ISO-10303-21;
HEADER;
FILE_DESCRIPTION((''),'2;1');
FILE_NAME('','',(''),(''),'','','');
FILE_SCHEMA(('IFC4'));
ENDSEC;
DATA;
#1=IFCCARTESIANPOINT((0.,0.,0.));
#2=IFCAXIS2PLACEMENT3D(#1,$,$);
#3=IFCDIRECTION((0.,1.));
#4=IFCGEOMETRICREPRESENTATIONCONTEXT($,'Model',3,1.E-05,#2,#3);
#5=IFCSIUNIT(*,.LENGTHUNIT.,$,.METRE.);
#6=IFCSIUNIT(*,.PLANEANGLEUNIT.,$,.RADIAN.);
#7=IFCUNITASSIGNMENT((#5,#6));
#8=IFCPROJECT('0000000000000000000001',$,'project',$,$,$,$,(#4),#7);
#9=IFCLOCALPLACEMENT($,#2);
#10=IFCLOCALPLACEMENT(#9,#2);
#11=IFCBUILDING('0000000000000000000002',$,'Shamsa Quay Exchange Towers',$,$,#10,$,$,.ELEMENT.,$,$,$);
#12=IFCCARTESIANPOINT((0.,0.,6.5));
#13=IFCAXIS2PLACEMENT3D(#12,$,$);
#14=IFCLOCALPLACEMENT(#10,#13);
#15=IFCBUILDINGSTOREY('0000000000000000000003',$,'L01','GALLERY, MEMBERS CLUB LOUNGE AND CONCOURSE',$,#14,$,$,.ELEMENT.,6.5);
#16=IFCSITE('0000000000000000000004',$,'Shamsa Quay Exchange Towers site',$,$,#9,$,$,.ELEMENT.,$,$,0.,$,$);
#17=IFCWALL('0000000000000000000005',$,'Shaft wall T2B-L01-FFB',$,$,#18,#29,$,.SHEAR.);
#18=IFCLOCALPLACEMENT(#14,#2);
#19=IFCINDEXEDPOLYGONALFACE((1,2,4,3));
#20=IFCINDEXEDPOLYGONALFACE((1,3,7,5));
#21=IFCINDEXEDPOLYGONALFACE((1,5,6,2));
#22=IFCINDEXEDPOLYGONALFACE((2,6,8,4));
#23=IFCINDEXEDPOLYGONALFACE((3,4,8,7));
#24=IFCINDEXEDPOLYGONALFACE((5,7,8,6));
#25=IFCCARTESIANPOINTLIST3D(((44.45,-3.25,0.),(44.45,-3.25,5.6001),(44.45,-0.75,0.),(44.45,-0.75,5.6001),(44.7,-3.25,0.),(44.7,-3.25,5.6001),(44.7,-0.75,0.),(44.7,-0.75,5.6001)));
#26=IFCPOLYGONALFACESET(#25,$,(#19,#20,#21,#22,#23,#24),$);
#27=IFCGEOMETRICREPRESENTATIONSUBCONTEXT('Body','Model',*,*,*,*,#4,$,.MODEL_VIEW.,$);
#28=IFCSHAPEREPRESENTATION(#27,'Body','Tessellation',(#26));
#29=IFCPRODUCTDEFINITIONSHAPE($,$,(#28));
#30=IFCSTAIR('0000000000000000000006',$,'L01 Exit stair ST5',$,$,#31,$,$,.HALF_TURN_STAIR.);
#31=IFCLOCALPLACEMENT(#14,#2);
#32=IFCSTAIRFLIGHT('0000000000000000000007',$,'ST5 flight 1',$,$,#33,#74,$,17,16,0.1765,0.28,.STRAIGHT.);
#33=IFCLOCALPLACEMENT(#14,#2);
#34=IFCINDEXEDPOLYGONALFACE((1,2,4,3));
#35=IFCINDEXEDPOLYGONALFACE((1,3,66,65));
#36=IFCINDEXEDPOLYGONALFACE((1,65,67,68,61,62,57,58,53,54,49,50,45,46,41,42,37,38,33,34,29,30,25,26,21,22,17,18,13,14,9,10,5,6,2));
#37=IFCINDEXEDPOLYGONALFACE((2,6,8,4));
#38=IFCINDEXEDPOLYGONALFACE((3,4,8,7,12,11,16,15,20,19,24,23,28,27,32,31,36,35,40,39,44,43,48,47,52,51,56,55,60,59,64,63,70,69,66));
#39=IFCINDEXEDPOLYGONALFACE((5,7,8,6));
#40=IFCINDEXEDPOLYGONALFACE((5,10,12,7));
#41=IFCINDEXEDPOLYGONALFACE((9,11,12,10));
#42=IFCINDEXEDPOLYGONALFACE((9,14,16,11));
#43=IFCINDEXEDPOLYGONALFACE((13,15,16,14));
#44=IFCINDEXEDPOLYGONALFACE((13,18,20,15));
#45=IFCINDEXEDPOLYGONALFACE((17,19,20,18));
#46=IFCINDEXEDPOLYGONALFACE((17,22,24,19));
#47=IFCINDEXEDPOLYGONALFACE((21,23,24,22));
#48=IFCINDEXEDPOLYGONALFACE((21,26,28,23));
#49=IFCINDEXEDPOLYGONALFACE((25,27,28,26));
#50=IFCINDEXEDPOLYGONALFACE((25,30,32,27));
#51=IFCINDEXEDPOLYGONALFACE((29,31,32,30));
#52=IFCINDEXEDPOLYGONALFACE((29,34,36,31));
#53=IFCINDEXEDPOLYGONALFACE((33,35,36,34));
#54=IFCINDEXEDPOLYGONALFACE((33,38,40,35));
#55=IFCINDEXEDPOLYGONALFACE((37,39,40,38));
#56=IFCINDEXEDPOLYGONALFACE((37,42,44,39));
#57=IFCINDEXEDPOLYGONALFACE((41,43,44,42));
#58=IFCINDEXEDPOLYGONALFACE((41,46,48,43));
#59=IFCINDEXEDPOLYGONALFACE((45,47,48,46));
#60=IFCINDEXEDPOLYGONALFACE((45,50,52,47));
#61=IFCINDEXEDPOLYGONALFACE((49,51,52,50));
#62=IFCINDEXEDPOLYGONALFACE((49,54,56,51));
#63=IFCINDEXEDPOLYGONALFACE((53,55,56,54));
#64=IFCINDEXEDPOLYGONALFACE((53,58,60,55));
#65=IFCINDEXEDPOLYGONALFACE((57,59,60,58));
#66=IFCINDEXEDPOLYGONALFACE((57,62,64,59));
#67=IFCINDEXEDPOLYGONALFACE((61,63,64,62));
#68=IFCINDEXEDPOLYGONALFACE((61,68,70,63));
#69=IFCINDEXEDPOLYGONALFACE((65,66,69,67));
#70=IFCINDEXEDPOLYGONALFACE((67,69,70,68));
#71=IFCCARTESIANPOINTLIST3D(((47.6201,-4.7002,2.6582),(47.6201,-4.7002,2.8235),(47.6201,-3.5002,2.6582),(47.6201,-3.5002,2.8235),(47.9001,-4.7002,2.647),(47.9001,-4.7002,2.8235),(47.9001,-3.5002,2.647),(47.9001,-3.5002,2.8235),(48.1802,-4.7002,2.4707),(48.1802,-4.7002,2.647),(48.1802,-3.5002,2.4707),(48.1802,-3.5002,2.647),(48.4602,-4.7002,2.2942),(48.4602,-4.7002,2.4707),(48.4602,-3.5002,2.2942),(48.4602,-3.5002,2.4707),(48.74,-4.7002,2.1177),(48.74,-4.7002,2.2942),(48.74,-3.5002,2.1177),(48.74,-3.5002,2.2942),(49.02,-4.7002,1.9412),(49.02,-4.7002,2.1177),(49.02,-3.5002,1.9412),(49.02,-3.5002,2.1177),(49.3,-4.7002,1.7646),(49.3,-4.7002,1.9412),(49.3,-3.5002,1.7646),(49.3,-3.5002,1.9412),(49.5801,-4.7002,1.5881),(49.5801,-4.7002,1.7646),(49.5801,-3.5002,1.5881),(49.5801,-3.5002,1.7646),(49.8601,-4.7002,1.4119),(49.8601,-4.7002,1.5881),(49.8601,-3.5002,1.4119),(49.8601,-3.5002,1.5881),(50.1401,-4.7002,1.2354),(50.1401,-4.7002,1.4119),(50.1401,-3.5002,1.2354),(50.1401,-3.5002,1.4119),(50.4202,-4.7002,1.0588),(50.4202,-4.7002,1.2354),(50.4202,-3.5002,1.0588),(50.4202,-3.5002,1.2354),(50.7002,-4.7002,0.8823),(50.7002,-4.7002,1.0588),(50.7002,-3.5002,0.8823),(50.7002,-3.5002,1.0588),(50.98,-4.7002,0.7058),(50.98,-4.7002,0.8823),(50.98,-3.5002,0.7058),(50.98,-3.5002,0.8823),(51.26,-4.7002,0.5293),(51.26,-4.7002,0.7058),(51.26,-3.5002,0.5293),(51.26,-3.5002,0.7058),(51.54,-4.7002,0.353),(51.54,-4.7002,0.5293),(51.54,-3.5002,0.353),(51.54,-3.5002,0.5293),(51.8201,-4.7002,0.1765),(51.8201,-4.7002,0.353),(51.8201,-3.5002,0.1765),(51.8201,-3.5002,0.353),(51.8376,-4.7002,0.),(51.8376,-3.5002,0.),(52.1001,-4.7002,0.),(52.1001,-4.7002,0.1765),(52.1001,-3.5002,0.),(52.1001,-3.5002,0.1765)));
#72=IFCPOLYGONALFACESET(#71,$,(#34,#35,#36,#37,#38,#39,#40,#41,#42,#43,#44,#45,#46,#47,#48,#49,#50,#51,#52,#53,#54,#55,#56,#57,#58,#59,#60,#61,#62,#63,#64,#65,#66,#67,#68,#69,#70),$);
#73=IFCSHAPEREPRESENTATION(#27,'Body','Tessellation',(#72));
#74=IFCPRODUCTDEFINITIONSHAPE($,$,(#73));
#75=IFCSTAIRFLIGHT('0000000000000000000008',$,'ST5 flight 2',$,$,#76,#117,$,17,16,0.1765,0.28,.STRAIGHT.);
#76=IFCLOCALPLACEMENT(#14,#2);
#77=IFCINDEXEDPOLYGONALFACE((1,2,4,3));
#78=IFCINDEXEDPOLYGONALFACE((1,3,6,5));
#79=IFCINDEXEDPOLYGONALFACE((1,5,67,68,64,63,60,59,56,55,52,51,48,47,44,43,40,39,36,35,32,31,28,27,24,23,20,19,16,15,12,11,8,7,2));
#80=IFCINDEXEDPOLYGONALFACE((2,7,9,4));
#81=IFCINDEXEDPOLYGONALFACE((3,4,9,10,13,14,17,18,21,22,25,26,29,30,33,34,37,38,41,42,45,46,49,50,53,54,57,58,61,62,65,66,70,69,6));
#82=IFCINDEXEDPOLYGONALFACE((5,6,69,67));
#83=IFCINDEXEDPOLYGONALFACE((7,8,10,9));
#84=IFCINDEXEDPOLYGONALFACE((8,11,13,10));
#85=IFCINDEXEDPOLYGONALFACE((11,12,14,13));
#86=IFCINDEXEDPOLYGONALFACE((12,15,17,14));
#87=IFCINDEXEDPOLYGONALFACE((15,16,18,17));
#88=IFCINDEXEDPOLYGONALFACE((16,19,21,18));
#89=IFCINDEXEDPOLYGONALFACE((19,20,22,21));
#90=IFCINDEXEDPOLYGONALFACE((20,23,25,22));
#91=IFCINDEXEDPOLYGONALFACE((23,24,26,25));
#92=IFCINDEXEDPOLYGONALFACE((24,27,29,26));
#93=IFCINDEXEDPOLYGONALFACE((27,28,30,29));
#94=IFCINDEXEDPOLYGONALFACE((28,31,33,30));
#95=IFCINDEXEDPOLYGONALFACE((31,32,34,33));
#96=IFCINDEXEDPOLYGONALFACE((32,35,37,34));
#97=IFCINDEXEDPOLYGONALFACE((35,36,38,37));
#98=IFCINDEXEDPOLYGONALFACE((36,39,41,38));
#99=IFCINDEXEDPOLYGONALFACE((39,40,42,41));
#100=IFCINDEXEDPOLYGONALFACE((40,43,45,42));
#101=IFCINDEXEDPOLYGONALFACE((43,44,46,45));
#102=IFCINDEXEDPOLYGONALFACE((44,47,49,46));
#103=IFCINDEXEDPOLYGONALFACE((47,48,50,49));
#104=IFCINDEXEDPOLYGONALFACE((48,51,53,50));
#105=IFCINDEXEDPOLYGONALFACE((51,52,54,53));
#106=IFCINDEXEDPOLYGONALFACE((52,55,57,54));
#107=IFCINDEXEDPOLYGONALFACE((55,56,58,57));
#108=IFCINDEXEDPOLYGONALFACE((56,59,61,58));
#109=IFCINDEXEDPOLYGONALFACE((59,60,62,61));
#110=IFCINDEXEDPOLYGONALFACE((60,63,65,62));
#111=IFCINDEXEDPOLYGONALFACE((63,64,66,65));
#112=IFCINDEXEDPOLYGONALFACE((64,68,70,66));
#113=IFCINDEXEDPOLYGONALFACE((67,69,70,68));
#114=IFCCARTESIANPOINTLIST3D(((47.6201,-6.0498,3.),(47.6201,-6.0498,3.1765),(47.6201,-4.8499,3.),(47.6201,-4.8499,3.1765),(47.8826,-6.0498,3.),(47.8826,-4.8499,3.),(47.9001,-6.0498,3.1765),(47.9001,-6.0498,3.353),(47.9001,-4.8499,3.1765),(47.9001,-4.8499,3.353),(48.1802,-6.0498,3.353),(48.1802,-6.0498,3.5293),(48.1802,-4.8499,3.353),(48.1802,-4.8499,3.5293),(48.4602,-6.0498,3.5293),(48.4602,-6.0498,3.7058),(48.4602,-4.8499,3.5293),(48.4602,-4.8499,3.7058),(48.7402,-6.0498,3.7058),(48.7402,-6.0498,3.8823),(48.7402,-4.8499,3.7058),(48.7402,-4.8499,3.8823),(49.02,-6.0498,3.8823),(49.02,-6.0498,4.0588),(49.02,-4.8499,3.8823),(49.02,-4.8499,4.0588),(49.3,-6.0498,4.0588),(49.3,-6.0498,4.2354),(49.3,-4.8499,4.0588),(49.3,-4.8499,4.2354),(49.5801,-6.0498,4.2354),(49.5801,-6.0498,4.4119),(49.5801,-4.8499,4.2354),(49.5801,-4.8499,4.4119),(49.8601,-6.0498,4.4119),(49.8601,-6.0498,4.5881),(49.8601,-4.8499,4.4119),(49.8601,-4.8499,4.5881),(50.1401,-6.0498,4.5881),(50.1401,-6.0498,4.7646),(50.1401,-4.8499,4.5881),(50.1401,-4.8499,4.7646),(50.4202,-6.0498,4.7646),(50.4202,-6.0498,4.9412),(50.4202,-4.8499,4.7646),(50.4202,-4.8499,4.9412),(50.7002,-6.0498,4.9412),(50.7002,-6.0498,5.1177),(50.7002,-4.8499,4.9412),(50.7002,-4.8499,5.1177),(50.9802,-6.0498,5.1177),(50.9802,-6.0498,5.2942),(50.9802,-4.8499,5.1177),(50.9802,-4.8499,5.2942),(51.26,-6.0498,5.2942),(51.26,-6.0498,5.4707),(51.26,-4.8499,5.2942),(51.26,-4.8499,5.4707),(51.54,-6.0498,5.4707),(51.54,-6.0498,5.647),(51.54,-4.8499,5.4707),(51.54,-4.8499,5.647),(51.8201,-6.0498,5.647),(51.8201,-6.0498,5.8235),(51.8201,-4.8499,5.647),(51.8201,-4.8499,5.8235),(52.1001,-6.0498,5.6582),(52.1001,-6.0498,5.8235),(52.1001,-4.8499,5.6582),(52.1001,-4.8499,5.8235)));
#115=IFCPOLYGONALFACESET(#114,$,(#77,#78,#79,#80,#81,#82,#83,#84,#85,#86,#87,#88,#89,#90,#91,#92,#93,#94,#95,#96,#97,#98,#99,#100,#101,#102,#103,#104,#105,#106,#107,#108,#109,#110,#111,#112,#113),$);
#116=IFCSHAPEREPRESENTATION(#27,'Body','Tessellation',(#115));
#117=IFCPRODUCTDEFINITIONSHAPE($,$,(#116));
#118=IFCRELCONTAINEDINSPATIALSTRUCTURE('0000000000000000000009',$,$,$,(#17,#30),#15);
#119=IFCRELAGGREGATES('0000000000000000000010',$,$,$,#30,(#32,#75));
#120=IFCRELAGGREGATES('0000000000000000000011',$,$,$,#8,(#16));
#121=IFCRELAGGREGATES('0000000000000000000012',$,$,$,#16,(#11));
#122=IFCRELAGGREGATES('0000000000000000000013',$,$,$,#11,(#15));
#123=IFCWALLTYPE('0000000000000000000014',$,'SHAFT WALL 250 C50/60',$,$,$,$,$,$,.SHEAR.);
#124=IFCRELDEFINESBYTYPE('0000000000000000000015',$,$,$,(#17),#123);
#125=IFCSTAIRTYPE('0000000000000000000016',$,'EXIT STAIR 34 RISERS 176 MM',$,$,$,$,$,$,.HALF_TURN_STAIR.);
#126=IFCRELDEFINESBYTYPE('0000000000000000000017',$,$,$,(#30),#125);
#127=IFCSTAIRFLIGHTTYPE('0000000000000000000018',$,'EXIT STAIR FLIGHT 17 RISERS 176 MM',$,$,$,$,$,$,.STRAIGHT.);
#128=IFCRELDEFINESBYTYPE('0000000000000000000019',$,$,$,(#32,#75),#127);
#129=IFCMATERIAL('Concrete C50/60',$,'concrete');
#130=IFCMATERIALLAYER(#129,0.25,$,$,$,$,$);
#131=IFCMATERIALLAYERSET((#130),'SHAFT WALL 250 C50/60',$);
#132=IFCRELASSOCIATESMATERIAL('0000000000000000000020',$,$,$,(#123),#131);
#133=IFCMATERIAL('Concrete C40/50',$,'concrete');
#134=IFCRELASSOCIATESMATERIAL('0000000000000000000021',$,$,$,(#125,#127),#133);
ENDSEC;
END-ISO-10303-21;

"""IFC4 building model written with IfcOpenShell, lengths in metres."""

from ifc_helpers import new_model, si_unit, direction, frame, frame_2d, origin, place, context, subcontext, project, spatial, polyline, rectangle, outline, extrude, material, layer, layer_set, type_object, element, aggregate, save


model = new_model("IFC4")

# Units and contexts
model_context = context("Model", 3, precision=1e-05, world=origin(), true_north=direction((0.0, 1.0)))
body_context = subcontext(model_context, "Body", "Model", "MODEL_VIEW")
ifc_project = project(units=[si_unit("LENGTHUNIT", "METRE"), si_unit("PLANEANGLEUNIT", "RADIAN")], contexts=[model_context])

# Site, building, storey
site_placement = place(None, origin())
site = spatial("IfcSite", under=ifc_project, at=site_placement, Name="Shamsa Quay Exchange Towers site", CompositionType="ELEMENT", RefElevation=0.0)
building_placement = place(site_placement, origin())
building = spatial("IfcBuilding", under=site, at=building_placement, Name="Shamsa Quay Exchange Towers", CompositionType="ELEMENT")
storey_placement = place(building_placement, frame((0.0, 0.0, 6.5)))
storey = spatial("IfcBuildingStorey", under=building, at=storey_placement, Name="L01", Description="GALLERY, MEMBERS CLUB LOUNGE AND CONCOURSE", CompositionType="ELEMENT", Elevation=6.5)

# Shared definitions
ifc_material_1 = material(Name="Concrete C50/60", Category="concrete")
ifc_layer_1 = layer(ifc_material_1, 0.25)
ifc_layer_set_1 = layer_set([ifc_layer_1], Name="SHAFT WALL 250 C50/60")
wall_type_1 = type_object("IfcWallType", Name="SHAFT WALL 250 C50/60", PredefinedType="SHEAR", material=ifc_layer_set_1)

# Wall
wall_1_placement = place(storey_placement, frame((44.575, -3.25, 0.0), z_axis=(0.0, 0.0, 1.0), x_axis=(0.0, 1.0, 0.0)))
element("IfcWall", 1, at=wall_1_placement, inside=storey, type_object=wall_type_1, Name="Shaft wall T2B-L01-FFB", PredefinedType="SHEAR", context=body_context, shape_type="SweptSolid", body=[
    extrude(rectangle(XDim=2.5, YDim=0.25, at=frame_2d((1.25, 0.0))), origin(), (0.0, 0.0, 1.0), 5.6001),
])

# Stair, stair flights
ifc_material_2 = material(Name="Concrete C40/50", Category="concrete")
stair_type = type_object("IfcStairType", Name="EXIT STAIR 34 RISERS 176 MM", PredefinedType="HALF_TURN_STAIR", material=ifc_material_2)
stair_placement = place(storey_placement, origin())
stair = element("IfcStair", 2, at=stair_placement, inside=storey, type_object=stair_type, Name="L01 Exit stair ST5", PredefinedType="HALF_TURN_STAIR")
stair_flight_type = type_object("IfcStairFlightType", Name="EXIT STAIR FLIGHT 17 RISERS 176 MM", PredefinedType="STRAIGHT", material=ifc_material_2)
stair_flight_1_placement = place(storey_placement, frame((52.1001, -4.1001, 0.0), z_axis=(0.0, 0.0, 1.0), x_axis=(-1.0, 0.0, 0.0)))
stair_flight_1 = element("IfcStairFlight", 3, at=stair_flight_1_placement, type_object=stair_flight_type, Name="ST5 flight 1", NumberOfRisers=17, NumberOfTreads=16, PredefinedType="STRAIGHT", RiserHeight=0.1765, TreadLength=0.28, context=body_context, shape_type="SweptSolid", body=[
    extrude(outline(polyline([(0.0, 0.0), (0.0, 0.1765), (0.28, 0.1765), (0.28, 0.353), (0.5601, 0.353), (0.5601, 0.5293), (0.8401, 0.5293), (0.8401, 0.7058), (1.1201, 0.7058), (1.1201, 0.8823), (1.3999, 0.8823), (1.3999, 1.0588), (1.6799, 1.0588), (1.6799, 1.2354), (1.96, 1.2354), (1.96, 1.4119), (2.24, 1.4119), (2.24, 1.5881), (2.52, 1.5881), (2.52, 1.7646), (2.8, 1.7646), (2.8, 1.9412), (3.0801, 1.9412), (3.0801, 2.1177), (3.3601, 2.1177), (3.3601, 2.2942), (3.6399, 2.2942), (3.6399, 2.4707), (3.9199, 2.4707), (3.9199, 2.647), (4.2, 2.647), (4.2, 2.8235), (4.48, 2.8235), (4.48, 3.0), (4.48, 2.6582), (0.2625, 0.0), (0.0, 0.0)])), frame((0.0, 0.6001, 0.0), z_axis=(0.0, -1.0, 0.0), x_axis=(1.0, 0.0, 0.0)), (0.0, 0.0, 1.0), 1.2),
])
stair_flight_2_placement = place(storey_placement, frame((47.6201, -5.45, 3.0)))
stair_flight_2 = element("IfcStairFlight", 4, at=stair_flight_2_placement, type_object=stair_flight_type, Name="ST5 flight 2", NumberOfRisers=17, NumberOfTreads=16, PredefinedType="STRAIGHT", RiserHeight=0.1765, TreadLength=0.28, context=body_context, shape_type="SweptSolid", body=[
    extrude(outline(polyline([(0.0, 0.0), (0.0, 0.1765), (0.28, 0.1765), (0.28, 0.353), (0.5601, 0.353), (0.5601, 0.5293), (0.8401, 0.5293), (0.8401, 0.7058), (1.1201, 0.7058), (1.1201, 0.8823), (1.3999, 0.8823), (1.3999, 1.0588), (1.6799, 1.0588), (1.6799, 1.2354), (1.96, 1.2354), (1.96, 1.4119), (2.24, 1.4119), (2.24, 1.5881), (2.52, 1.5881), (2.52, 1.7646), (2.8, 1.7646), (2.8, 1.9412), (3.0801, 1.9412), (3.0801, 2.1177), (3.3601, 2.1177), (3.3601, 2.2942), (3.6399, 2.2942), (3.6399, 2.4707), (3.9199, 2.4707), (3.9199, 2.647), (4.2, 2.647), (4.2, 2.8235), (4.48, 2.8235), (4.48, 3.0), (4.48, 2.6582), (0.2625, 0.0), (0.0, 0.0)])), frame((0.0, 0.6001, 0.0), z_axis=(0.0, -1.0, 0.0), x_axis=(1.0, 0.0, 0.0)), (0.0, 0.0, 1.0), 1.2),
])
aggregate(stair, [stair_flight_1, stair_flight_2])

save(model, "model.ifc")
